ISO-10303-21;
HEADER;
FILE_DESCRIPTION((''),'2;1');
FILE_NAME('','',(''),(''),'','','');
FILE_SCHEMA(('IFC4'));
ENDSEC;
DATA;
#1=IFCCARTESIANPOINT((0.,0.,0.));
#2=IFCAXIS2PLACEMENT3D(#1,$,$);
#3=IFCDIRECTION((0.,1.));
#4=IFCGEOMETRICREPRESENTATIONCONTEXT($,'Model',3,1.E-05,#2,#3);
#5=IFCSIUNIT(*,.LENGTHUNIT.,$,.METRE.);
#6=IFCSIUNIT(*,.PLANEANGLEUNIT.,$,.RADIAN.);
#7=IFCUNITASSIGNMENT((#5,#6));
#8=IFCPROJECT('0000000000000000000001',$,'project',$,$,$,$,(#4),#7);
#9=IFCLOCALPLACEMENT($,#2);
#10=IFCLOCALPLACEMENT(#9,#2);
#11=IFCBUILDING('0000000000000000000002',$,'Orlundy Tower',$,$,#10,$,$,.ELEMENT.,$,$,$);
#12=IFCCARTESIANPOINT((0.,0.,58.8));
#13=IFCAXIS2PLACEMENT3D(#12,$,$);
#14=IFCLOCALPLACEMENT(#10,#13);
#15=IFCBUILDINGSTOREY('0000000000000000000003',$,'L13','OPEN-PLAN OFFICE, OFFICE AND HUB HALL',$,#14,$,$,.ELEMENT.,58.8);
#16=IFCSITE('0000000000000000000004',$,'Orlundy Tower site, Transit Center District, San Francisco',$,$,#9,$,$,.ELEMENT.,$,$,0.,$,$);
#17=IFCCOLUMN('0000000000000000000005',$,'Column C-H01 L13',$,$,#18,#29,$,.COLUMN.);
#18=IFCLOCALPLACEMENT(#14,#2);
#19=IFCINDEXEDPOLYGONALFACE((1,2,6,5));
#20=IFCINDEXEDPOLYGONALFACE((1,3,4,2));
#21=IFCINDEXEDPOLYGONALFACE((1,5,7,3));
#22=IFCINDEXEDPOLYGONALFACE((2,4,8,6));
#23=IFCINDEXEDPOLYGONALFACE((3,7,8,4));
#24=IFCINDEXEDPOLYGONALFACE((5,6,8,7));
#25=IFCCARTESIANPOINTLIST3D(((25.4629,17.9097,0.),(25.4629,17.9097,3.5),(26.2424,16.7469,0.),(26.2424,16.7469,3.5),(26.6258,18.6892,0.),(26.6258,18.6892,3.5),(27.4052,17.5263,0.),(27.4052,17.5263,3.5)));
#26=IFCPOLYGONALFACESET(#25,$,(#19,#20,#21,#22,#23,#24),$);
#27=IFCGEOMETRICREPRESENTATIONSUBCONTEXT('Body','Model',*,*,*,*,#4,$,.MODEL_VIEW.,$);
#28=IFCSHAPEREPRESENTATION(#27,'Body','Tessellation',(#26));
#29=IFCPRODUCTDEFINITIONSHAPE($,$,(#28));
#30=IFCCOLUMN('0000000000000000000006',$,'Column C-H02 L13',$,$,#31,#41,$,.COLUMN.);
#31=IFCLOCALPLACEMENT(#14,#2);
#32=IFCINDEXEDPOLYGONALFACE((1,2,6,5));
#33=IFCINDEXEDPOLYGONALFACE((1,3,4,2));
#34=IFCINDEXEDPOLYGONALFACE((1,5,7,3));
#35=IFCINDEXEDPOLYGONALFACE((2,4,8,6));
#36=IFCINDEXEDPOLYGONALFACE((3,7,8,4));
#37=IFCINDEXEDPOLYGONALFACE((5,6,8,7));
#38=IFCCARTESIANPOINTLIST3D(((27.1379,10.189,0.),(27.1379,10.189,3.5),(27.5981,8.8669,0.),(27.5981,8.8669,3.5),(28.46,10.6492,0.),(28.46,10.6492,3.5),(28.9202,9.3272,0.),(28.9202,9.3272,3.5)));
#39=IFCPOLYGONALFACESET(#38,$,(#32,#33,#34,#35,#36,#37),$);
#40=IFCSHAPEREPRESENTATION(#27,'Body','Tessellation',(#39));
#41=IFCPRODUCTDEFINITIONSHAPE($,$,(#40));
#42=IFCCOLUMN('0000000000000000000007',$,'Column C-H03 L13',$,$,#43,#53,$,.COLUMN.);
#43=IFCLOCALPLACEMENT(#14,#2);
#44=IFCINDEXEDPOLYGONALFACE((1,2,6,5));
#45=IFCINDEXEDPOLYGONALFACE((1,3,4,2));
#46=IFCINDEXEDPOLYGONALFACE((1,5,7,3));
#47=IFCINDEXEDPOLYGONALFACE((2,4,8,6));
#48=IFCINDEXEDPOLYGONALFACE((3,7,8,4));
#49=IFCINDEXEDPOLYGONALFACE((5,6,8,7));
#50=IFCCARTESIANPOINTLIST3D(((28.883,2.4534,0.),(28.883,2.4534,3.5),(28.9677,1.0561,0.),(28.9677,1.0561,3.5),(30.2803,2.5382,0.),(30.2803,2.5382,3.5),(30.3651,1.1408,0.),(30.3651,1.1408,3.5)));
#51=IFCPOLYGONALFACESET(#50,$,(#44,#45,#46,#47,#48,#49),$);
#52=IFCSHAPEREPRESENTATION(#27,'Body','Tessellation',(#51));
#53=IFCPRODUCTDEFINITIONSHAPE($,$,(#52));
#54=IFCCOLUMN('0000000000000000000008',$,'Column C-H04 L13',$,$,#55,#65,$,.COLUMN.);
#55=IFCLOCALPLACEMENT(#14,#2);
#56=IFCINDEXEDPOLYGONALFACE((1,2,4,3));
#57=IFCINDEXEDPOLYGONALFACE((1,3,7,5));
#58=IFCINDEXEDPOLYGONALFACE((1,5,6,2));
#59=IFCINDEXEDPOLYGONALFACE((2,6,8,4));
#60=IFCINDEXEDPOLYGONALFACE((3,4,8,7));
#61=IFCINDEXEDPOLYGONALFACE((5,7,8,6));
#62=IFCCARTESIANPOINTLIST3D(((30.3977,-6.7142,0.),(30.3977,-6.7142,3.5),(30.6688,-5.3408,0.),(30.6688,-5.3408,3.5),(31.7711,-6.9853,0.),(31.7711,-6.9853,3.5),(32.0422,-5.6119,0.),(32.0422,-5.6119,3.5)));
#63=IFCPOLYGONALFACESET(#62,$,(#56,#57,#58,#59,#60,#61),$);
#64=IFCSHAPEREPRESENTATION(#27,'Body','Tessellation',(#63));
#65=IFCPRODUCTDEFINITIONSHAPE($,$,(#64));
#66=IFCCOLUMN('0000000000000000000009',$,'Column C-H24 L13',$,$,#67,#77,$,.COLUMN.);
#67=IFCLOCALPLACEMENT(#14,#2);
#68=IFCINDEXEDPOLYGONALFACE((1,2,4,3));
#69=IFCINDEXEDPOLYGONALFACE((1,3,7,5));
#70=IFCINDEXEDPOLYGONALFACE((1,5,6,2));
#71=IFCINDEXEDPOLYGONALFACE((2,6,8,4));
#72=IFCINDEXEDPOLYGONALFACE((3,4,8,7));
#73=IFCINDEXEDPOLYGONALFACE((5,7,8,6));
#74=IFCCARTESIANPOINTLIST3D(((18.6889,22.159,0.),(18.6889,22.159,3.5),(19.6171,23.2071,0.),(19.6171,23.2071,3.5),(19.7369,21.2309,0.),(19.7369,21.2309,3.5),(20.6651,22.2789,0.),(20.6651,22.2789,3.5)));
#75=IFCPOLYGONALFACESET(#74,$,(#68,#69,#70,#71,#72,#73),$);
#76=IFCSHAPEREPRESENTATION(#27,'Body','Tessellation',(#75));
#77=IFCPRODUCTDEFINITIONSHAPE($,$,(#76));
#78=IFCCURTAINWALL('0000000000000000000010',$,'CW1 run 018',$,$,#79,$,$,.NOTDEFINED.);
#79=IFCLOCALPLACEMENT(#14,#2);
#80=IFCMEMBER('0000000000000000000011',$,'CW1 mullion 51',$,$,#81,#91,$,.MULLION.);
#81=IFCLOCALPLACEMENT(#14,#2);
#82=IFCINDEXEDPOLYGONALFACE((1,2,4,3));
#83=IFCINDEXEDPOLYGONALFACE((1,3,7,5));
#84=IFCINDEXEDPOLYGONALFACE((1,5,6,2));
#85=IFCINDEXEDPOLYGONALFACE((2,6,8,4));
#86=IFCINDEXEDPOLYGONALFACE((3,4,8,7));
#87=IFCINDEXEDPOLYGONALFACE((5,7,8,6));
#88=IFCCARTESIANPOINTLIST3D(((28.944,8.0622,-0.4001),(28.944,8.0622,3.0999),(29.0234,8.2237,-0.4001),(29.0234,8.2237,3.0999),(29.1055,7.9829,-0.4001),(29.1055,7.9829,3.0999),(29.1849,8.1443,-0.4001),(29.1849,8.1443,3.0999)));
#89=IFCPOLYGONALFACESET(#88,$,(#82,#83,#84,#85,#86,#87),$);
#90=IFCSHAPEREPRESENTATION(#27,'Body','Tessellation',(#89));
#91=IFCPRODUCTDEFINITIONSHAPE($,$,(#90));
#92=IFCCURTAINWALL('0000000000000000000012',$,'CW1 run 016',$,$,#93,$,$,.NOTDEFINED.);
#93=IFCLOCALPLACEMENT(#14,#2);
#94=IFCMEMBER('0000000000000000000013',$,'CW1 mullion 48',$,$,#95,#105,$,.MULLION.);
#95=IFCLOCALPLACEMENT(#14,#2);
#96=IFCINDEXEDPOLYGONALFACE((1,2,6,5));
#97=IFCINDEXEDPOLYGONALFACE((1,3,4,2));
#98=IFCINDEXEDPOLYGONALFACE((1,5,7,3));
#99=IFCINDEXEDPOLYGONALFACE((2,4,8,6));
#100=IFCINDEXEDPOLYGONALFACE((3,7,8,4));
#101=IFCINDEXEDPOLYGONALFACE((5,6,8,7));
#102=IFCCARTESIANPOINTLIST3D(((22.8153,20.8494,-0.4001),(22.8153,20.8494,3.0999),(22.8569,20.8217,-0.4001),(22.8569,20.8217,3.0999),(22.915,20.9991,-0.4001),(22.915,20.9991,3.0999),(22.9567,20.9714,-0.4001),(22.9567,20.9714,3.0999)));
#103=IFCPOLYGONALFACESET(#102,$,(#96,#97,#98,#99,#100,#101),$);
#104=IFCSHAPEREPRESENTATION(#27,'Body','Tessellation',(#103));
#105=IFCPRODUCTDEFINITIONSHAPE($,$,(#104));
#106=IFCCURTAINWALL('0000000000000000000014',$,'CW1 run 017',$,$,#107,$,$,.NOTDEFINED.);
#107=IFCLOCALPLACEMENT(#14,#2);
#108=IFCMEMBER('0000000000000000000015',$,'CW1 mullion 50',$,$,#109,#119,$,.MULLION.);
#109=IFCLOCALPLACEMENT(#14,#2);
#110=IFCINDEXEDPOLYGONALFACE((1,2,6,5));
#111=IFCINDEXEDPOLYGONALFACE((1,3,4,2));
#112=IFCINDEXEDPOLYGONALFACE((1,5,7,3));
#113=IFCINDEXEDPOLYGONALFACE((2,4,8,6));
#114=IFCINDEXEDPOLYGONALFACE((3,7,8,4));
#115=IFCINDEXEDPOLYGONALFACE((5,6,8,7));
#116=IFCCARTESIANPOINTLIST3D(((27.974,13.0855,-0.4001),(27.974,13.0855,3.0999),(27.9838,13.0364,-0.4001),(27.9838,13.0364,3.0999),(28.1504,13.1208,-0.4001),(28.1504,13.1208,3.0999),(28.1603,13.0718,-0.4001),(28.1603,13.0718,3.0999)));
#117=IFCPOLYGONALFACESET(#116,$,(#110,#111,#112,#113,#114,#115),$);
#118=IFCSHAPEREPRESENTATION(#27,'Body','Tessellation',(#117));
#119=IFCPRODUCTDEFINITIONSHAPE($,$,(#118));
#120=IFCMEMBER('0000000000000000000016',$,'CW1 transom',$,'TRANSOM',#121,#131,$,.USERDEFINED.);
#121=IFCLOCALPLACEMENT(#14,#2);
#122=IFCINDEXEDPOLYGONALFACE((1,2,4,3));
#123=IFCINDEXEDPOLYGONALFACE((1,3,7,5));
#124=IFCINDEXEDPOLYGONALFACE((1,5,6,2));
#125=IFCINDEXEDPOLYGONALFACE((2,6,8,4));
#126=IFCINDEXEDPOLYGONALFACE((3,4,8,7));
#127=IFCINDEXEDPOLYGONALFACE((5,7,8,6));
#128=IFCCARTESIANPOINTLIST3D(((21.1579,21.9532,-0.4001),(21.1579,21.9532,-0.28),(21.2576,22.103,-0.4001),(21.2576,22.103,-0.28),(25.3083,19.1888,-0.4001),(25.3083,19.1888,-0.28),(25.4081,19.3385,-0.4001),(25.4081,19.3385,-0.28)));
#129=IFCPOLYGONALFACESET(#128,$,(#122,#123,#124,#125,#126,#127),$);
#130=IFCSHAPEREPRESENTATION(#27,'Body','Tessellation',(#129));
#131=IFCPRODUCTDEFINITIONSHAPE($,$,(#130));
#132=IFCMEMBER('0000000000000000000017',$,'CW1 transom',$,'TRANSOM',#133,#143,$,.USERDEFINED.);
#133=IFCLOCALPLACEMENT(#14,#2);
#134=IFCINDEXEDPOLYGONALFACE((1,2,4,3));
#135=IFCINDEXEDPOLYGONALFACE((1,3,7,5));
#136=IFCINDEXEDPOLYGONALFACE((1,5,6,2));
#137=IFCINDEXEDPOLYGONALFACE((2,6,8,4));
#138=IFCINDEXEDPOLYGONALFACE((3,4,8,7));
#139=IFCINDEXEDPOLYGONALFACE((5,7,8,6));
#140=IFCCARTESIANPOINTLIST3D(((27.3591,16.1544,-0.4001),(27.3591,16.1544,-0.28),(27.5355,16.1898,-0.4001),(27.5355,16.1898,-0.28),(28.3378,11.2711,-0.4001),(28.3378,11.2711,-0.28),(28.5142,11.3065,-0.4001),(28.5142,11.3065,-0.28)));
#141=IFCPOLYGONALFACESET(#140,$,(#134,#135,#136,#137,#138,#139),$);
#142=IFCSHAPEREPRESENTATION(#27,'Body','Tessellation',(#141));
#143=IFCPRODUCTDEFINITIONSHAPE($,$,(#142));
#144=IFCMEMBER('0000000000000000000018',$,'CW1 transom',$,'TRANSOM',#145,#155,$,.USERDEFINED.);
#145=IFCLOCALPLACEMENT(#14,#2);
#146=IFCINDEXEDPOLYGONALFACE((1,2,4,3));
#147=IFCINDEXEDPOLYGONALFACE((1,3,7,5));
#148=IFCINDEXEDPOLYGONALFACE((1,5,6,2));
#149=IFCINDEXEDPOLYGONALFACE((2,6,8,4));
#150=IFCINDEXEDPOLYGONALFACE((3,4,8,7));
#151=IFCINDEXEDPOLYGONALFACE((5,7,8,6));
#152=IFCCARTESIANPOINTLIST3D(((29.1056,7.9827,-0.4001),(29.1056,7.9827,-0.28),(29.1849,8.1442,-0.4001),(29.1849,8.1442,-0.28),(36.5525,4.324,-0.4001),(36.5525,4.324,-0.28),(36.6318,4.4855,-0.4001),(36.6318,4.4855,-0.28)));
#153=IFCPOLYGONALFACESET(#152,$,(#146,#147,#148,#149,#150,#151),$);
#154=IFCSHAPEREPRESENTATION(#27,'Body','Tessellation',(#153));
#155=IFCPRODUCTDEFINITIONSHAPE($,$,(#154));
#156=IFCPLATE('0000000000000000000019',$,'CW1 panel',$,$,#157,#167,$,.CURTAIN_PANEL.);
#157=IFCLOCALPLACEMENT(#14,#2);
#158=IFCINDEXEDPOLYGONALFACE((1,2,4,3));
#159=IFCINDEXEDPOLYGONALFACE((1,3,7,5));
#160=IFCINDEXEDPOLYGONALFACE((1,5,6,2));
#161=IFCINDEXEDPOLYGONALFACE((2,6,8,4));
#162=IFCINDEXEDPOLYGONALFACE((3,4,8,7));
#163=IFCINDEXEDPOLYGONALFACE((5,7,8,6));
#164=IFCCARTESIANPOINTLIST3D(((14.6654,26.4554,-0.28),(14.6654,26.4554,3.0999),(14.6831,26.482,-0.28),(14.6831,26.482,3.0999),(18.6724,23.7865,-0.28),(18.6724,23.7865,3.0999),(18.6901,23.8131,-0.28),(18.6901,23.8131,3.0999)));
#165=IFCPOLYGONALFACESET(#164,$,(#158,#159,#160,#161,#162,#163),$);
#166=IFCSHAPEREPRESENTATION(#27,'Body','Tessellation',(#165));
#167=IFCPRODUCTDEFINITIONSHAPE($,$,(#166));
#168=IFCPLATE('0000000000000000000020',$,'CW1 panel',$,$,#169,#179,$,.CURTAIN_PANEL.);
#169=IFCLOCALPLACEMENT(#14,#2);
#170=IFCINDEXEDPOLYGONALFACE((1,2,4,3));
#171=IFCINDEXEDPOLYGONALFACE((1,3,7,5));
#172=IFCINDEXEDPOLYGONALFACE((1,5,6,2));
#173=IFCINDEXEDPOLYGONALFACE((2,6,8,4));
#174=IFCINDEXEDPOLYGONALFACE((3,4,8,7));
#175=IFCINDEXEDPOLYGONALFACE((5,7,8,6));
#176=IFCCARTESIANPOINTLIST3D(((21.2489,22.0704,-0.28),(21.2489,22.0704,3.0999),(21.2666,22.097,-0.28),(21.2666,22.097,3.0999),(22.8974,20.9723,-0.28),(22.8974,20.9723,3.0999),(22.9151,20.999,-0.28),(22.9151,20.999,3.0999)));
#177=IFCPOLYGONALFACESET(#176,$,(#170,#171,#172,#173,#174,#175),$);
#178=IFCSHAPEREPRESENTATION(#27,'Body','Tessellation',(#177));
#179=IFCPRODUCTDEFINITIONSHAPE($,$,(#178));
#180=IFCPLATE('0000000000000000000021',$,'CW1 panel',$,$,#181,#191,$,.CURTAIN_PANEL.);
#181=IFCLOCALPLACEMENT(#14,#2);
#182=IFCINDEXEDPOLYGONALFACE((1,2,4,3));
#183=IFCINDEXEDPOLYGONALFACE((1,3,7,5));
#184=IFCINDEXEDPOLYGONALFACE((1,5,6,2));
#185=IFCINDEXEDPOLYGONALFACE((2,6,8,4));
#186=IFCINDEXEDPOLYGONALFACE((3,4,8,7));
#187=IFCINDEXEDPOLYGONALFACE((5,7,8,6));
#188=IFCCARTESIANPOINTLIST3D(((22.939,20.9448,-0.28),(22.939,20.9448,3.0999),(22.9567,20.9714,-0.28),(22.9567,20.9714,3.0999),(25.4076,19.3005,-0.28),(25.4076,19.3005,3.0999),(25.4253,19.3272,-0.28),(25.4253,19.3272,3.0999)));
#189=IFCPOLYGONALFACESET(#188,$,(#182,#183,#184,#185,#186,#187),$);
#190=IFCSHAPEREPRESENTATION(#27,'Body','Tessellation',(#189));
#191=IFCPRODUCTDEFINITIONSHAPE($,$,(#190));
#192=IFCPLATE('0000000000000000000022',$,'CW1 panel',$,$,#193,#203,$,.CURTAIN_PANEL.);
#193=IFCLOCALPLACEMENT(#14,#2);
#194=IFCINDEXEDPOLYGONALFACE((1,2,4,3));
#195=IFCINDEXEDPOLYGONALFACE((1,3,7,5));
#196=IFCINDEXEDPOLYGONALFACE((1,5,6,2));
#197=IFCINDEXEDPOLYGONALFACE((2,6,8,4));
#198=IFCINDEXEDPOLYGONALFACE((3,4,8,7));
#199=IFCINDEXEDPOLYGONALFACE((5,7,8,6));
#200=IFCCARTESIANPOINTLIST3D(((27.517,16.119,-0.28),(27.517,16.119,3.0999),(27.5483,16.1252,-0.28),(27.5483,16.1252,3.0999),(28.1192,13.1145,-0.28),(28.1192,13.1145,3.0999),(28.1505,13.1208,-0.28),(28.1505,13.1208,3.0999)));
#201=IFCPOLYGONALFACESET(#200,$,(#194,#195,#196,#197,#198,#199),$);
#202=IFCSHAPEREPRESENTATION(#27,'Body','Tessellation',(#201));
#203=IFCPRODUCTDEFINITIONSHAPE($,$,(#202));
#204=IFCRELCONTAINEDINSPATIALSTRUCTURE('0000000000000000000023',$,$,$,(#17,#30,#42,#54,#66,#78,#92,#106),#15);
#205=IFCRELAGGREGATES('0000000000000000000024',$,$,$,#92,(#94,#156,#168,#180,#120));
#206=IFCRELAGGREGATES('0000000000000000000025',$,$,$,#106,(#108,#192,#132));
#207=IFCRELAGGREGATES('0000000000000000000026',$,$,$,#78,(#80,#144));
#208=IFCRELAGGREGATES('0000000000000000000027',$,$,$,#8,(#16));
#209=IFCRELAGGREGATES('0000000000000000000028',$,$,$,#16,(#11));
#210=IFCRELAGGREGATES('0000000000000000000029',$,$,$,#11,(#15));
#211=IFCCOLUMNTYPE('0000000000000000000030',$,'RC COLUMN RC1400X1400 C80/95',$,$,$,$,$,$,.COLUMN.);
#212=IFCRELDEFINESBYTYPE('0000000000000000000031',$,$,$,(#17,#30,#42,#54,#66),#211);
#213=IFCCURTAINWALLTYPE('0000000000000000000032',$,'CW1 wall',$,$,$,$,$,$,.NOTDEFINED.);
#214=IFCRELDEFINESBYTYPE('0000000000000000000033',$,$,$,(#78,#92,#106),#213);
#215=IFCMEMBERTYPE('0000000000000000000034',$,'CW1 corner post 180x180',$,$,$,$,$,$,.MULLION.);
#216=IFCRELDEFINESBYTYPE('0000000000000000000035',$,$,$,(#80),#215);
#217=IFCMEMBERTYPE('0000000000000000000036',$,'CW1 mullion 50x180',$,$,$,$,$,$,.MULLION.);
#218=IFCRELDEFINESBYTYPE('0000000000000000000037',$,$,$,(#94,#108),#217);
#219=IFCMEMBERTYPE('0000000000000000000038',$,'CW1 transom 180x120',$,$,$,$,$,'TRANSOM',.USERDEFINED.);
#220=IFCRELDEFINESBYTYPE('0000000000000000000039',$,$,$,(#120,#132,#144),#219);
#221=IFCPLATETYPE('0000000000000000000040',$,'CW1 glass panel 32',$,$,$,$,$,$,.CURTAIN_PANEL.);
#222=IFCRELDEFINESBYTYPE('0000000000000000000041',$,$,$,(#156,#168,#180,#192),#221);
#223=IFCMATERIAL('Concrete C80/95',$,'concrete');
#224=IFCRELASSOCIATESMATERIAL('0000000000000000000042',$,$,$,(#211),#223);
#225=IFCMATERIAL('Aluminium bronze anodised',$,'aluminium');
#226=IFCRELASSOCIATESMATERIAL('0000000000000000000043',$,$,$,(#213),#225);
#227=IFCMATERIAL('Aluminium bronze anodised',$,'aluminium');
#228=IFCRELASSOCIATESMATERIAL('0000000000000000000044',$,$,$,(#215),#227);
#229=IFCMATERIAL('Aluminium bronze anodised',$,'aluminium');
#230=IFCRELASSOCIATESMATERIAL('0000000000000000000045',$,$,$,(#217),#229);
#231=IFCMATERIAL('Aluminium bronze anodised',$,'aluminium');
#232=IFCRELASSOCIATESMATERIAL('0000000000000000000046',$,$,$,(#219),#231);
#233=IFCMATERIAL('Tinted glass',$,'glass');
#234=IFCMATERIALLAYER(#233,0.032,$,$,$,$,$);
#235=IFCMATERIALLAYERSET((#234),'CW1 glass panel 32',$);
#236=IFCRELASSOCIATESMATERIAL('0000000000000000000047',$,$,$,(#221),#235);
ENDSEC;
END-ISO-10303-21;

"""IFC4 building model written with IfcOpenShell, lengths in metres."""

from ifc_helpers import new_model, si_unit, direction, frame, origin, origin_2d, place, context, subcontext, project, spatial, rectangle, extrude, material, layer, layer_set, material_profile, profile_set, type_object, element, aggregate, save


model = new_model("IFC4")

# Units and contexts
model_context = context("Model", 3, precision=1e-05, world=origin(), true_north=direction((0.0, 1.0)))
body_context = subcontext(model_context, "Body", "Model", "MODEL_VIEW")
ifc_project = project(units=[si_unit("LENGTHUNIT", "METRE"), si_unit("PLANEANGLEUNIT", "RADIAN")], contexts=[model_context])

# Site, building, storey
site_placement = place(None, origin())
site = spatial("IfcSite", under=ifc_project, at=site_placement, Name="Orlundy Tower site, Transit Center District, San Francisco", CompositionType="ELEMENT", RefElevation=0.0)
building_placement = place(site_placement, origin())
building = spatial("IfcBuilding", under=site, at=building_placement, Name="Orlundy Tower", CompositionType="ELEMENT")
storey_placement = place(building_placement, frame((0.0, 0.0, 58.8)))
storey = spatial("IfcBuildingStorey", under=building, at=storey_placement, Name="L13", Description="OPEN-PLAN OFFICE, OFFICE AND HUB HALL", CompositionType="ELEMENT", Elevation=58.8)

# Columns
ifc_material_1 = material(Name="Concrete C80/95", Category="concrete")
ifc_material_profile_1 = material_profile(ifc_material_1, rectangle(XDim=1.3999, YDim=1.3999, at=origin_2d()), Name="RC1400X1400")
ifc_profile_set_1 = profile_set([ifc_material_profile_1], Name="Concrete C80/95")
column_type = type_object("IfcColumnType", Name="RC COLUMN RC1400X1400 C80/95", PredefinedType="COLUMN", material=ifc_profile_set_1)
for number, where, z_axis, x_axis, name in (
    (1, (26.4341, 17.718, 0.0), (0.0, 0.0, 1.0), (0.830664, 0.556774, 0.0), "Column C-H01 L13"),
    (2, (28.0291, 9.7581, 0.0), (0.0, 0.0, 1.0), (0.944405, 0.328784, 0.0), "Column C-H02 L13"),
    (3, (29.624, 1.7971, 0.0), (0.0, 0.0, 1.0), (0.998166, 0.060543, 0.0), "Column C-H03 L13"),
    (4, (31.22, -6.1631, 0.0), (0.0, 0.0, 1.0), (0.981067, -0.193669, 0.0), "Column C-H04 L13"),
    (5, (19.677, 22.219, 0.0), (0.0, 0.0, 1.0), (0.662986, 0.748632, 0.0), "Column C-H24 L13"),
):
    element("IfcColumn", number, at=place(storey_placement, frame(where, z_axis=z_axis, x_axis=x_axis)), inside=storey, type_object=column_type, Name=name, PredefinedType="COLUMN", context=body_context, shape_type="SweptSolid", body=[
        extrude(rectangle(XDim=1.3999, YDim=1.3999, at=origin_2d()), origin(), (0.0, 0.0, 1.0), 3.5),
    ])

# Curtain walls, members
ifc_material_2 = material(Name="Aluminium bronze anodised", Category="aluminium")
curtain_wall_type = type_object("IfcCurtainWallType", Name="CW1 wall", PredefinedType="NOTDEFINED", material=ifc_material_2)
curtain_wall_1_placement = place(storey_placement, origin())
curtain_wall_1 = element("IfcCurtainWall", 6, at=curtain_wall_1_placement, inside=storey, type_object=curtain_wall_type, Name="CW1 run 018", PredefinedType="NOTDEFINED")
ifc_material_3 = material(Name="Aluminium bronze anodised", Category="aluminium")
ifc_material_profile_2 = material_profile(ifc_material_3, rectangle(XDim=0.1799, YDim=0.1799, at=origin_2d()), Name="CW1 corner post 180x180")
ifc_profile_set_2 = profile_set([ifc_material_profile_2], Name="Aluminium bronze anodised")
member_type_1 = type_object("IfcMemberType", Name="CW1 corner post 180x180", PredefinedType="MULLION", material=ifc_profile_set_2)
member_1_placement = place(storey_placement, frame((29.0645, 8.1033, -0.4001), z_axis=(0.0, 0.0, 1.0), x_axis=(0.440978, 0.897518, 0.0)))
member_1 = element("IfcMember", 7, at=member_1_placement, type_object=member_type_1, Name="CW1 mullion 51", PredefinedType="MULLION", context=body_context, shape_type="SweptSolid", body=[
    extrude(rectangle(XDim=0.1799, YDim=0.1799, at=origin_2d()), origin(), (0.0, 0.0, 1.0), 3.5),
])
curtain_wall_2_placement = place(storey_placement, origin())
curtain_wall_2 = element("IfcCurtainWall", 8, at=curtain_wall_2_placement, inside=storey, type_object=curtain_wall_type, Name="CW1 run 016", PredefinedType="NOTDEFINED")
ifc_material_4 = material(Name="Aluminium bronze anodised", Category="aluminium")
ifc_material_profile_3 = material_profile(ifc_material_4, rectangle(XDim=0.1799, YDim=0.05, at=origin_2d()), Name="CW1 mullion 50x180")
ifc_profile_set_3 = profile_set([ifc_material_profile_3], Name="Aluminium bronze anodised")
member_type_2 = type_object("IfcMemberType", Name="CW1 mullion 50x180", PredefinedType="MULLION", material=ifc_profile_set_3)
member_2_placement = place(storey_placement, frame((22.886, 20.9104, -0.4001), z_axis=(0.0, 0.0, 1.0), x_axis=(0.554357, 0.832279, 0.0)))
member_2 = element("IfcMember", 9, at=member_2_placement, type_object=member_type_2, Name="CW1 mullion 48", PredefinedType="MULLION", context=body_context, shape_type="SweptSolid", body=[
    extrude(rectangle(XDim=0.1799, YDim=0.05, at=origin_2d()), origin(), (0.0, 0.0, 1.0), 3.5),
])
curtain_wall_3_placement = place(storey_placement, origin())
curtain_wall_3 = element("IfcCurtainWall", 10, at=curtain_wall_3_placement, inside=storey, type_object=curtain_wall_type, Name="CW1 run 017", PredefinedType="NOTDEFINED")
member_3_placement = place(storey_placement, frame((28.0671, 13.0786, -0.4001), z_axis=(0.0, 0.0, 1.0), x_axis=(0.980498, 0.196529, 0.0)))
member_3 = element("IfcMember", 11, at=member_3_placement, type_object=member_type_2, Name="CW1 mullion 50", PredefinedType="MULLION", context=body_context, shape_type="SweptSolid", body=[
    extrude(rectangle(XDim=0.1799, YDim=0.05, at=origin_2d()), origin(), (0.0, 0.0, 1.0), 3.5),
])

# Members
ifc_material_5 = material(Name="Aluminium bronze anodised", Category="aluminium")
ifc_material_profile_4 = material_profile(ifc_material_5, rectangle(XDim=0.1799, YDim=0.1201, at=origin_2d()), Name="CW1 transom 180x120")
ifc_profile_set_4 = profile_set([ifc_material_profile_4], Name="Aluminium bronze anodised")
member_type_3 = type_object("IfcMemberType", Name="CW1 transom 180x120", ElementType="TRANSOM", PredefinedType="USERDEFINED", material=ifc_profile_set_4)
member_4_placement = place(storey_placement, frame((21.2078, 22.0281, -0.3401), z_axis=(0.832284, -0.55435, 0.0), x_axis=(0.55435, 0.832284, 0.0)))
member_4 = element("IfcMember", 12, at=member_4_placement, type_object=member_type_3, Name="CW1 transom", ObjectType="TRANSOM", PredefinedType="USERDEFINED", context=body_context, shape_type="SweptSolid", body=[
    extrude(rectangle(XDim=0.1799, YDim=0.1201, at=origin_2d()), origin(), (0.0, 0.0, 1.0), 4.9868),
])
member_5_placement = place(storey_placement, frame((27.4473, 16.1721, -0.3401), z_axis=(0.196521, -0.9805, 0.0), x_axis=(0.9805, 0.196521, 0.0)))
member_5 = element("IfcMember", 13, at=member_5_placement, type_object=member_type_3, Name="CW1 transom", ObjectType="TRANSOM", PredefinedType="USERDEFINED", context=body_context, shape_type="SweptSolid", body=[
    extrude(rectangle(XDim=0.1799, YDim=0.1201, at=origin_2d()), origin(), (0.0, 0.0, 1.0), 4.9805),
])
member_6_placement = place(storey_placement, frame((29.1453, 8.0635, -0.3401), z_axis=(0.897524, -0.440965, 0.0), x_axis=(0.440965, 0.897524, 0.0)))
member_6 = element("IfcMember", 14, at=member_6_placement, type_object=member_type_3, Name="CW1 transom", ObjectType="TRANSOM", PredefinedType="USERDEFINED", context=body_context, shape_type="SweptSolid", body=[
    extrude(rectangle(XDim=0.1799, YDim=0.1201, at=origin_2d()), origin(), (0.0, 0.0, 1.0), 8.2971),
])

# Plates
ifc_material_6 = material(Name="Tinted glass", Category="glass")
ifc_layer_1 = layer(ifc_material_6, 0.032)
ifc_layer_set_1 = layer_set([ifc_layer_1], Name="CW1 glass panel 32")
plate_type = type_object("IfcPlateType", Name="CW1 glass panel 32", PredefinedType="CURTAIN_PANEL", material=ifc_layer_set_1)
plate_1_placement = place(storey_placement, frame((16.6777, 25.1343, -0.28), z_axis=(0.0, 0.0, 1.0), x_axis=(0.832279, -0.554357, 0.0)))
plate_1 = element("IfcPlate", 15, at=plate_1_placement, type_object=plate_type, Name="CW1 panel", PredefinedType="CURTAIN_PANEL", context=body_context, shape_type="SweptSolid", body=[
    extrude(rectangle(XDim=4.8145, YDim=0.032, at=origin_2d()), origin(), (0.0, 0.0, 1.0), 3.3799),
])
plate_2_placement = place(storey_placement, frame((22.082, 21.5347, -0.28), z_axis=(0.0, 0.0, 1.0), x_axis=(0.832279, -0.554357, 0.0)))
plate_2 = element("IfcPlate", 16, at=plate_2_placement, type_object=plate_type, Name="CW1 panel", PredefinedType="CURTAIN_PANEL", context=body_context, shape_type="SweptSolid", body=[
    extrude(rectangle(XDim=1.9807, YDim=0.032, at=origin_2d()), origin(), (0.0, 0.0, 1.0), 3.3799),
])
plate_3_placement = place(storey_placement, frame((24.1821, 20.136, -0.28), z_axis=(0.0, 0.0, 1.0), x_axis=(0.832279, -0.554357, 0.0)))
plate_3 = element("IfcPlate", 17, at=plate_3_placement, type_object=plate_type, Name="CW1 panel", PredefinedType="CURTAIN_PANEL", context=body_context, shape_type="SweptSolid", body=[
    extrude(rectangle(XDim=2.9661, YDim=0.032, at=origin_2d()), origin(), (0.0, 0.0, 1.0), 3.3799),
])
aggregate(curtain_wall_2, [member_2, plate_1, plate_2, plate_3, member_4])
plate_4_placement = place(storey_placement, frame((27.8337, 14.6199, -0.28), z_axis=(0.0, 0.0, 1.0), x_axis=(0.196529, -0.980498, 0.0)))
plate_4 = element("IfcPlate", 18, at=plate_4_placement, type_object=plate_type, Name="CW1 panel", PredefinedType="CURTAIN_PANEL", context=body_context, shape_type="SweptSolid", body=[
    extrude(rectangle(XDim=3.0642, YDim=0.032, at=origin_2d()), origin(), (0.0, 0.0, 1.0), 3.3799),
])
aggregate(curtain_wall_3, [member_3, plate_4, member_5])
aggregate(curtain_wall_1, [member_1, member_6])

save(model, "model.ifc")
